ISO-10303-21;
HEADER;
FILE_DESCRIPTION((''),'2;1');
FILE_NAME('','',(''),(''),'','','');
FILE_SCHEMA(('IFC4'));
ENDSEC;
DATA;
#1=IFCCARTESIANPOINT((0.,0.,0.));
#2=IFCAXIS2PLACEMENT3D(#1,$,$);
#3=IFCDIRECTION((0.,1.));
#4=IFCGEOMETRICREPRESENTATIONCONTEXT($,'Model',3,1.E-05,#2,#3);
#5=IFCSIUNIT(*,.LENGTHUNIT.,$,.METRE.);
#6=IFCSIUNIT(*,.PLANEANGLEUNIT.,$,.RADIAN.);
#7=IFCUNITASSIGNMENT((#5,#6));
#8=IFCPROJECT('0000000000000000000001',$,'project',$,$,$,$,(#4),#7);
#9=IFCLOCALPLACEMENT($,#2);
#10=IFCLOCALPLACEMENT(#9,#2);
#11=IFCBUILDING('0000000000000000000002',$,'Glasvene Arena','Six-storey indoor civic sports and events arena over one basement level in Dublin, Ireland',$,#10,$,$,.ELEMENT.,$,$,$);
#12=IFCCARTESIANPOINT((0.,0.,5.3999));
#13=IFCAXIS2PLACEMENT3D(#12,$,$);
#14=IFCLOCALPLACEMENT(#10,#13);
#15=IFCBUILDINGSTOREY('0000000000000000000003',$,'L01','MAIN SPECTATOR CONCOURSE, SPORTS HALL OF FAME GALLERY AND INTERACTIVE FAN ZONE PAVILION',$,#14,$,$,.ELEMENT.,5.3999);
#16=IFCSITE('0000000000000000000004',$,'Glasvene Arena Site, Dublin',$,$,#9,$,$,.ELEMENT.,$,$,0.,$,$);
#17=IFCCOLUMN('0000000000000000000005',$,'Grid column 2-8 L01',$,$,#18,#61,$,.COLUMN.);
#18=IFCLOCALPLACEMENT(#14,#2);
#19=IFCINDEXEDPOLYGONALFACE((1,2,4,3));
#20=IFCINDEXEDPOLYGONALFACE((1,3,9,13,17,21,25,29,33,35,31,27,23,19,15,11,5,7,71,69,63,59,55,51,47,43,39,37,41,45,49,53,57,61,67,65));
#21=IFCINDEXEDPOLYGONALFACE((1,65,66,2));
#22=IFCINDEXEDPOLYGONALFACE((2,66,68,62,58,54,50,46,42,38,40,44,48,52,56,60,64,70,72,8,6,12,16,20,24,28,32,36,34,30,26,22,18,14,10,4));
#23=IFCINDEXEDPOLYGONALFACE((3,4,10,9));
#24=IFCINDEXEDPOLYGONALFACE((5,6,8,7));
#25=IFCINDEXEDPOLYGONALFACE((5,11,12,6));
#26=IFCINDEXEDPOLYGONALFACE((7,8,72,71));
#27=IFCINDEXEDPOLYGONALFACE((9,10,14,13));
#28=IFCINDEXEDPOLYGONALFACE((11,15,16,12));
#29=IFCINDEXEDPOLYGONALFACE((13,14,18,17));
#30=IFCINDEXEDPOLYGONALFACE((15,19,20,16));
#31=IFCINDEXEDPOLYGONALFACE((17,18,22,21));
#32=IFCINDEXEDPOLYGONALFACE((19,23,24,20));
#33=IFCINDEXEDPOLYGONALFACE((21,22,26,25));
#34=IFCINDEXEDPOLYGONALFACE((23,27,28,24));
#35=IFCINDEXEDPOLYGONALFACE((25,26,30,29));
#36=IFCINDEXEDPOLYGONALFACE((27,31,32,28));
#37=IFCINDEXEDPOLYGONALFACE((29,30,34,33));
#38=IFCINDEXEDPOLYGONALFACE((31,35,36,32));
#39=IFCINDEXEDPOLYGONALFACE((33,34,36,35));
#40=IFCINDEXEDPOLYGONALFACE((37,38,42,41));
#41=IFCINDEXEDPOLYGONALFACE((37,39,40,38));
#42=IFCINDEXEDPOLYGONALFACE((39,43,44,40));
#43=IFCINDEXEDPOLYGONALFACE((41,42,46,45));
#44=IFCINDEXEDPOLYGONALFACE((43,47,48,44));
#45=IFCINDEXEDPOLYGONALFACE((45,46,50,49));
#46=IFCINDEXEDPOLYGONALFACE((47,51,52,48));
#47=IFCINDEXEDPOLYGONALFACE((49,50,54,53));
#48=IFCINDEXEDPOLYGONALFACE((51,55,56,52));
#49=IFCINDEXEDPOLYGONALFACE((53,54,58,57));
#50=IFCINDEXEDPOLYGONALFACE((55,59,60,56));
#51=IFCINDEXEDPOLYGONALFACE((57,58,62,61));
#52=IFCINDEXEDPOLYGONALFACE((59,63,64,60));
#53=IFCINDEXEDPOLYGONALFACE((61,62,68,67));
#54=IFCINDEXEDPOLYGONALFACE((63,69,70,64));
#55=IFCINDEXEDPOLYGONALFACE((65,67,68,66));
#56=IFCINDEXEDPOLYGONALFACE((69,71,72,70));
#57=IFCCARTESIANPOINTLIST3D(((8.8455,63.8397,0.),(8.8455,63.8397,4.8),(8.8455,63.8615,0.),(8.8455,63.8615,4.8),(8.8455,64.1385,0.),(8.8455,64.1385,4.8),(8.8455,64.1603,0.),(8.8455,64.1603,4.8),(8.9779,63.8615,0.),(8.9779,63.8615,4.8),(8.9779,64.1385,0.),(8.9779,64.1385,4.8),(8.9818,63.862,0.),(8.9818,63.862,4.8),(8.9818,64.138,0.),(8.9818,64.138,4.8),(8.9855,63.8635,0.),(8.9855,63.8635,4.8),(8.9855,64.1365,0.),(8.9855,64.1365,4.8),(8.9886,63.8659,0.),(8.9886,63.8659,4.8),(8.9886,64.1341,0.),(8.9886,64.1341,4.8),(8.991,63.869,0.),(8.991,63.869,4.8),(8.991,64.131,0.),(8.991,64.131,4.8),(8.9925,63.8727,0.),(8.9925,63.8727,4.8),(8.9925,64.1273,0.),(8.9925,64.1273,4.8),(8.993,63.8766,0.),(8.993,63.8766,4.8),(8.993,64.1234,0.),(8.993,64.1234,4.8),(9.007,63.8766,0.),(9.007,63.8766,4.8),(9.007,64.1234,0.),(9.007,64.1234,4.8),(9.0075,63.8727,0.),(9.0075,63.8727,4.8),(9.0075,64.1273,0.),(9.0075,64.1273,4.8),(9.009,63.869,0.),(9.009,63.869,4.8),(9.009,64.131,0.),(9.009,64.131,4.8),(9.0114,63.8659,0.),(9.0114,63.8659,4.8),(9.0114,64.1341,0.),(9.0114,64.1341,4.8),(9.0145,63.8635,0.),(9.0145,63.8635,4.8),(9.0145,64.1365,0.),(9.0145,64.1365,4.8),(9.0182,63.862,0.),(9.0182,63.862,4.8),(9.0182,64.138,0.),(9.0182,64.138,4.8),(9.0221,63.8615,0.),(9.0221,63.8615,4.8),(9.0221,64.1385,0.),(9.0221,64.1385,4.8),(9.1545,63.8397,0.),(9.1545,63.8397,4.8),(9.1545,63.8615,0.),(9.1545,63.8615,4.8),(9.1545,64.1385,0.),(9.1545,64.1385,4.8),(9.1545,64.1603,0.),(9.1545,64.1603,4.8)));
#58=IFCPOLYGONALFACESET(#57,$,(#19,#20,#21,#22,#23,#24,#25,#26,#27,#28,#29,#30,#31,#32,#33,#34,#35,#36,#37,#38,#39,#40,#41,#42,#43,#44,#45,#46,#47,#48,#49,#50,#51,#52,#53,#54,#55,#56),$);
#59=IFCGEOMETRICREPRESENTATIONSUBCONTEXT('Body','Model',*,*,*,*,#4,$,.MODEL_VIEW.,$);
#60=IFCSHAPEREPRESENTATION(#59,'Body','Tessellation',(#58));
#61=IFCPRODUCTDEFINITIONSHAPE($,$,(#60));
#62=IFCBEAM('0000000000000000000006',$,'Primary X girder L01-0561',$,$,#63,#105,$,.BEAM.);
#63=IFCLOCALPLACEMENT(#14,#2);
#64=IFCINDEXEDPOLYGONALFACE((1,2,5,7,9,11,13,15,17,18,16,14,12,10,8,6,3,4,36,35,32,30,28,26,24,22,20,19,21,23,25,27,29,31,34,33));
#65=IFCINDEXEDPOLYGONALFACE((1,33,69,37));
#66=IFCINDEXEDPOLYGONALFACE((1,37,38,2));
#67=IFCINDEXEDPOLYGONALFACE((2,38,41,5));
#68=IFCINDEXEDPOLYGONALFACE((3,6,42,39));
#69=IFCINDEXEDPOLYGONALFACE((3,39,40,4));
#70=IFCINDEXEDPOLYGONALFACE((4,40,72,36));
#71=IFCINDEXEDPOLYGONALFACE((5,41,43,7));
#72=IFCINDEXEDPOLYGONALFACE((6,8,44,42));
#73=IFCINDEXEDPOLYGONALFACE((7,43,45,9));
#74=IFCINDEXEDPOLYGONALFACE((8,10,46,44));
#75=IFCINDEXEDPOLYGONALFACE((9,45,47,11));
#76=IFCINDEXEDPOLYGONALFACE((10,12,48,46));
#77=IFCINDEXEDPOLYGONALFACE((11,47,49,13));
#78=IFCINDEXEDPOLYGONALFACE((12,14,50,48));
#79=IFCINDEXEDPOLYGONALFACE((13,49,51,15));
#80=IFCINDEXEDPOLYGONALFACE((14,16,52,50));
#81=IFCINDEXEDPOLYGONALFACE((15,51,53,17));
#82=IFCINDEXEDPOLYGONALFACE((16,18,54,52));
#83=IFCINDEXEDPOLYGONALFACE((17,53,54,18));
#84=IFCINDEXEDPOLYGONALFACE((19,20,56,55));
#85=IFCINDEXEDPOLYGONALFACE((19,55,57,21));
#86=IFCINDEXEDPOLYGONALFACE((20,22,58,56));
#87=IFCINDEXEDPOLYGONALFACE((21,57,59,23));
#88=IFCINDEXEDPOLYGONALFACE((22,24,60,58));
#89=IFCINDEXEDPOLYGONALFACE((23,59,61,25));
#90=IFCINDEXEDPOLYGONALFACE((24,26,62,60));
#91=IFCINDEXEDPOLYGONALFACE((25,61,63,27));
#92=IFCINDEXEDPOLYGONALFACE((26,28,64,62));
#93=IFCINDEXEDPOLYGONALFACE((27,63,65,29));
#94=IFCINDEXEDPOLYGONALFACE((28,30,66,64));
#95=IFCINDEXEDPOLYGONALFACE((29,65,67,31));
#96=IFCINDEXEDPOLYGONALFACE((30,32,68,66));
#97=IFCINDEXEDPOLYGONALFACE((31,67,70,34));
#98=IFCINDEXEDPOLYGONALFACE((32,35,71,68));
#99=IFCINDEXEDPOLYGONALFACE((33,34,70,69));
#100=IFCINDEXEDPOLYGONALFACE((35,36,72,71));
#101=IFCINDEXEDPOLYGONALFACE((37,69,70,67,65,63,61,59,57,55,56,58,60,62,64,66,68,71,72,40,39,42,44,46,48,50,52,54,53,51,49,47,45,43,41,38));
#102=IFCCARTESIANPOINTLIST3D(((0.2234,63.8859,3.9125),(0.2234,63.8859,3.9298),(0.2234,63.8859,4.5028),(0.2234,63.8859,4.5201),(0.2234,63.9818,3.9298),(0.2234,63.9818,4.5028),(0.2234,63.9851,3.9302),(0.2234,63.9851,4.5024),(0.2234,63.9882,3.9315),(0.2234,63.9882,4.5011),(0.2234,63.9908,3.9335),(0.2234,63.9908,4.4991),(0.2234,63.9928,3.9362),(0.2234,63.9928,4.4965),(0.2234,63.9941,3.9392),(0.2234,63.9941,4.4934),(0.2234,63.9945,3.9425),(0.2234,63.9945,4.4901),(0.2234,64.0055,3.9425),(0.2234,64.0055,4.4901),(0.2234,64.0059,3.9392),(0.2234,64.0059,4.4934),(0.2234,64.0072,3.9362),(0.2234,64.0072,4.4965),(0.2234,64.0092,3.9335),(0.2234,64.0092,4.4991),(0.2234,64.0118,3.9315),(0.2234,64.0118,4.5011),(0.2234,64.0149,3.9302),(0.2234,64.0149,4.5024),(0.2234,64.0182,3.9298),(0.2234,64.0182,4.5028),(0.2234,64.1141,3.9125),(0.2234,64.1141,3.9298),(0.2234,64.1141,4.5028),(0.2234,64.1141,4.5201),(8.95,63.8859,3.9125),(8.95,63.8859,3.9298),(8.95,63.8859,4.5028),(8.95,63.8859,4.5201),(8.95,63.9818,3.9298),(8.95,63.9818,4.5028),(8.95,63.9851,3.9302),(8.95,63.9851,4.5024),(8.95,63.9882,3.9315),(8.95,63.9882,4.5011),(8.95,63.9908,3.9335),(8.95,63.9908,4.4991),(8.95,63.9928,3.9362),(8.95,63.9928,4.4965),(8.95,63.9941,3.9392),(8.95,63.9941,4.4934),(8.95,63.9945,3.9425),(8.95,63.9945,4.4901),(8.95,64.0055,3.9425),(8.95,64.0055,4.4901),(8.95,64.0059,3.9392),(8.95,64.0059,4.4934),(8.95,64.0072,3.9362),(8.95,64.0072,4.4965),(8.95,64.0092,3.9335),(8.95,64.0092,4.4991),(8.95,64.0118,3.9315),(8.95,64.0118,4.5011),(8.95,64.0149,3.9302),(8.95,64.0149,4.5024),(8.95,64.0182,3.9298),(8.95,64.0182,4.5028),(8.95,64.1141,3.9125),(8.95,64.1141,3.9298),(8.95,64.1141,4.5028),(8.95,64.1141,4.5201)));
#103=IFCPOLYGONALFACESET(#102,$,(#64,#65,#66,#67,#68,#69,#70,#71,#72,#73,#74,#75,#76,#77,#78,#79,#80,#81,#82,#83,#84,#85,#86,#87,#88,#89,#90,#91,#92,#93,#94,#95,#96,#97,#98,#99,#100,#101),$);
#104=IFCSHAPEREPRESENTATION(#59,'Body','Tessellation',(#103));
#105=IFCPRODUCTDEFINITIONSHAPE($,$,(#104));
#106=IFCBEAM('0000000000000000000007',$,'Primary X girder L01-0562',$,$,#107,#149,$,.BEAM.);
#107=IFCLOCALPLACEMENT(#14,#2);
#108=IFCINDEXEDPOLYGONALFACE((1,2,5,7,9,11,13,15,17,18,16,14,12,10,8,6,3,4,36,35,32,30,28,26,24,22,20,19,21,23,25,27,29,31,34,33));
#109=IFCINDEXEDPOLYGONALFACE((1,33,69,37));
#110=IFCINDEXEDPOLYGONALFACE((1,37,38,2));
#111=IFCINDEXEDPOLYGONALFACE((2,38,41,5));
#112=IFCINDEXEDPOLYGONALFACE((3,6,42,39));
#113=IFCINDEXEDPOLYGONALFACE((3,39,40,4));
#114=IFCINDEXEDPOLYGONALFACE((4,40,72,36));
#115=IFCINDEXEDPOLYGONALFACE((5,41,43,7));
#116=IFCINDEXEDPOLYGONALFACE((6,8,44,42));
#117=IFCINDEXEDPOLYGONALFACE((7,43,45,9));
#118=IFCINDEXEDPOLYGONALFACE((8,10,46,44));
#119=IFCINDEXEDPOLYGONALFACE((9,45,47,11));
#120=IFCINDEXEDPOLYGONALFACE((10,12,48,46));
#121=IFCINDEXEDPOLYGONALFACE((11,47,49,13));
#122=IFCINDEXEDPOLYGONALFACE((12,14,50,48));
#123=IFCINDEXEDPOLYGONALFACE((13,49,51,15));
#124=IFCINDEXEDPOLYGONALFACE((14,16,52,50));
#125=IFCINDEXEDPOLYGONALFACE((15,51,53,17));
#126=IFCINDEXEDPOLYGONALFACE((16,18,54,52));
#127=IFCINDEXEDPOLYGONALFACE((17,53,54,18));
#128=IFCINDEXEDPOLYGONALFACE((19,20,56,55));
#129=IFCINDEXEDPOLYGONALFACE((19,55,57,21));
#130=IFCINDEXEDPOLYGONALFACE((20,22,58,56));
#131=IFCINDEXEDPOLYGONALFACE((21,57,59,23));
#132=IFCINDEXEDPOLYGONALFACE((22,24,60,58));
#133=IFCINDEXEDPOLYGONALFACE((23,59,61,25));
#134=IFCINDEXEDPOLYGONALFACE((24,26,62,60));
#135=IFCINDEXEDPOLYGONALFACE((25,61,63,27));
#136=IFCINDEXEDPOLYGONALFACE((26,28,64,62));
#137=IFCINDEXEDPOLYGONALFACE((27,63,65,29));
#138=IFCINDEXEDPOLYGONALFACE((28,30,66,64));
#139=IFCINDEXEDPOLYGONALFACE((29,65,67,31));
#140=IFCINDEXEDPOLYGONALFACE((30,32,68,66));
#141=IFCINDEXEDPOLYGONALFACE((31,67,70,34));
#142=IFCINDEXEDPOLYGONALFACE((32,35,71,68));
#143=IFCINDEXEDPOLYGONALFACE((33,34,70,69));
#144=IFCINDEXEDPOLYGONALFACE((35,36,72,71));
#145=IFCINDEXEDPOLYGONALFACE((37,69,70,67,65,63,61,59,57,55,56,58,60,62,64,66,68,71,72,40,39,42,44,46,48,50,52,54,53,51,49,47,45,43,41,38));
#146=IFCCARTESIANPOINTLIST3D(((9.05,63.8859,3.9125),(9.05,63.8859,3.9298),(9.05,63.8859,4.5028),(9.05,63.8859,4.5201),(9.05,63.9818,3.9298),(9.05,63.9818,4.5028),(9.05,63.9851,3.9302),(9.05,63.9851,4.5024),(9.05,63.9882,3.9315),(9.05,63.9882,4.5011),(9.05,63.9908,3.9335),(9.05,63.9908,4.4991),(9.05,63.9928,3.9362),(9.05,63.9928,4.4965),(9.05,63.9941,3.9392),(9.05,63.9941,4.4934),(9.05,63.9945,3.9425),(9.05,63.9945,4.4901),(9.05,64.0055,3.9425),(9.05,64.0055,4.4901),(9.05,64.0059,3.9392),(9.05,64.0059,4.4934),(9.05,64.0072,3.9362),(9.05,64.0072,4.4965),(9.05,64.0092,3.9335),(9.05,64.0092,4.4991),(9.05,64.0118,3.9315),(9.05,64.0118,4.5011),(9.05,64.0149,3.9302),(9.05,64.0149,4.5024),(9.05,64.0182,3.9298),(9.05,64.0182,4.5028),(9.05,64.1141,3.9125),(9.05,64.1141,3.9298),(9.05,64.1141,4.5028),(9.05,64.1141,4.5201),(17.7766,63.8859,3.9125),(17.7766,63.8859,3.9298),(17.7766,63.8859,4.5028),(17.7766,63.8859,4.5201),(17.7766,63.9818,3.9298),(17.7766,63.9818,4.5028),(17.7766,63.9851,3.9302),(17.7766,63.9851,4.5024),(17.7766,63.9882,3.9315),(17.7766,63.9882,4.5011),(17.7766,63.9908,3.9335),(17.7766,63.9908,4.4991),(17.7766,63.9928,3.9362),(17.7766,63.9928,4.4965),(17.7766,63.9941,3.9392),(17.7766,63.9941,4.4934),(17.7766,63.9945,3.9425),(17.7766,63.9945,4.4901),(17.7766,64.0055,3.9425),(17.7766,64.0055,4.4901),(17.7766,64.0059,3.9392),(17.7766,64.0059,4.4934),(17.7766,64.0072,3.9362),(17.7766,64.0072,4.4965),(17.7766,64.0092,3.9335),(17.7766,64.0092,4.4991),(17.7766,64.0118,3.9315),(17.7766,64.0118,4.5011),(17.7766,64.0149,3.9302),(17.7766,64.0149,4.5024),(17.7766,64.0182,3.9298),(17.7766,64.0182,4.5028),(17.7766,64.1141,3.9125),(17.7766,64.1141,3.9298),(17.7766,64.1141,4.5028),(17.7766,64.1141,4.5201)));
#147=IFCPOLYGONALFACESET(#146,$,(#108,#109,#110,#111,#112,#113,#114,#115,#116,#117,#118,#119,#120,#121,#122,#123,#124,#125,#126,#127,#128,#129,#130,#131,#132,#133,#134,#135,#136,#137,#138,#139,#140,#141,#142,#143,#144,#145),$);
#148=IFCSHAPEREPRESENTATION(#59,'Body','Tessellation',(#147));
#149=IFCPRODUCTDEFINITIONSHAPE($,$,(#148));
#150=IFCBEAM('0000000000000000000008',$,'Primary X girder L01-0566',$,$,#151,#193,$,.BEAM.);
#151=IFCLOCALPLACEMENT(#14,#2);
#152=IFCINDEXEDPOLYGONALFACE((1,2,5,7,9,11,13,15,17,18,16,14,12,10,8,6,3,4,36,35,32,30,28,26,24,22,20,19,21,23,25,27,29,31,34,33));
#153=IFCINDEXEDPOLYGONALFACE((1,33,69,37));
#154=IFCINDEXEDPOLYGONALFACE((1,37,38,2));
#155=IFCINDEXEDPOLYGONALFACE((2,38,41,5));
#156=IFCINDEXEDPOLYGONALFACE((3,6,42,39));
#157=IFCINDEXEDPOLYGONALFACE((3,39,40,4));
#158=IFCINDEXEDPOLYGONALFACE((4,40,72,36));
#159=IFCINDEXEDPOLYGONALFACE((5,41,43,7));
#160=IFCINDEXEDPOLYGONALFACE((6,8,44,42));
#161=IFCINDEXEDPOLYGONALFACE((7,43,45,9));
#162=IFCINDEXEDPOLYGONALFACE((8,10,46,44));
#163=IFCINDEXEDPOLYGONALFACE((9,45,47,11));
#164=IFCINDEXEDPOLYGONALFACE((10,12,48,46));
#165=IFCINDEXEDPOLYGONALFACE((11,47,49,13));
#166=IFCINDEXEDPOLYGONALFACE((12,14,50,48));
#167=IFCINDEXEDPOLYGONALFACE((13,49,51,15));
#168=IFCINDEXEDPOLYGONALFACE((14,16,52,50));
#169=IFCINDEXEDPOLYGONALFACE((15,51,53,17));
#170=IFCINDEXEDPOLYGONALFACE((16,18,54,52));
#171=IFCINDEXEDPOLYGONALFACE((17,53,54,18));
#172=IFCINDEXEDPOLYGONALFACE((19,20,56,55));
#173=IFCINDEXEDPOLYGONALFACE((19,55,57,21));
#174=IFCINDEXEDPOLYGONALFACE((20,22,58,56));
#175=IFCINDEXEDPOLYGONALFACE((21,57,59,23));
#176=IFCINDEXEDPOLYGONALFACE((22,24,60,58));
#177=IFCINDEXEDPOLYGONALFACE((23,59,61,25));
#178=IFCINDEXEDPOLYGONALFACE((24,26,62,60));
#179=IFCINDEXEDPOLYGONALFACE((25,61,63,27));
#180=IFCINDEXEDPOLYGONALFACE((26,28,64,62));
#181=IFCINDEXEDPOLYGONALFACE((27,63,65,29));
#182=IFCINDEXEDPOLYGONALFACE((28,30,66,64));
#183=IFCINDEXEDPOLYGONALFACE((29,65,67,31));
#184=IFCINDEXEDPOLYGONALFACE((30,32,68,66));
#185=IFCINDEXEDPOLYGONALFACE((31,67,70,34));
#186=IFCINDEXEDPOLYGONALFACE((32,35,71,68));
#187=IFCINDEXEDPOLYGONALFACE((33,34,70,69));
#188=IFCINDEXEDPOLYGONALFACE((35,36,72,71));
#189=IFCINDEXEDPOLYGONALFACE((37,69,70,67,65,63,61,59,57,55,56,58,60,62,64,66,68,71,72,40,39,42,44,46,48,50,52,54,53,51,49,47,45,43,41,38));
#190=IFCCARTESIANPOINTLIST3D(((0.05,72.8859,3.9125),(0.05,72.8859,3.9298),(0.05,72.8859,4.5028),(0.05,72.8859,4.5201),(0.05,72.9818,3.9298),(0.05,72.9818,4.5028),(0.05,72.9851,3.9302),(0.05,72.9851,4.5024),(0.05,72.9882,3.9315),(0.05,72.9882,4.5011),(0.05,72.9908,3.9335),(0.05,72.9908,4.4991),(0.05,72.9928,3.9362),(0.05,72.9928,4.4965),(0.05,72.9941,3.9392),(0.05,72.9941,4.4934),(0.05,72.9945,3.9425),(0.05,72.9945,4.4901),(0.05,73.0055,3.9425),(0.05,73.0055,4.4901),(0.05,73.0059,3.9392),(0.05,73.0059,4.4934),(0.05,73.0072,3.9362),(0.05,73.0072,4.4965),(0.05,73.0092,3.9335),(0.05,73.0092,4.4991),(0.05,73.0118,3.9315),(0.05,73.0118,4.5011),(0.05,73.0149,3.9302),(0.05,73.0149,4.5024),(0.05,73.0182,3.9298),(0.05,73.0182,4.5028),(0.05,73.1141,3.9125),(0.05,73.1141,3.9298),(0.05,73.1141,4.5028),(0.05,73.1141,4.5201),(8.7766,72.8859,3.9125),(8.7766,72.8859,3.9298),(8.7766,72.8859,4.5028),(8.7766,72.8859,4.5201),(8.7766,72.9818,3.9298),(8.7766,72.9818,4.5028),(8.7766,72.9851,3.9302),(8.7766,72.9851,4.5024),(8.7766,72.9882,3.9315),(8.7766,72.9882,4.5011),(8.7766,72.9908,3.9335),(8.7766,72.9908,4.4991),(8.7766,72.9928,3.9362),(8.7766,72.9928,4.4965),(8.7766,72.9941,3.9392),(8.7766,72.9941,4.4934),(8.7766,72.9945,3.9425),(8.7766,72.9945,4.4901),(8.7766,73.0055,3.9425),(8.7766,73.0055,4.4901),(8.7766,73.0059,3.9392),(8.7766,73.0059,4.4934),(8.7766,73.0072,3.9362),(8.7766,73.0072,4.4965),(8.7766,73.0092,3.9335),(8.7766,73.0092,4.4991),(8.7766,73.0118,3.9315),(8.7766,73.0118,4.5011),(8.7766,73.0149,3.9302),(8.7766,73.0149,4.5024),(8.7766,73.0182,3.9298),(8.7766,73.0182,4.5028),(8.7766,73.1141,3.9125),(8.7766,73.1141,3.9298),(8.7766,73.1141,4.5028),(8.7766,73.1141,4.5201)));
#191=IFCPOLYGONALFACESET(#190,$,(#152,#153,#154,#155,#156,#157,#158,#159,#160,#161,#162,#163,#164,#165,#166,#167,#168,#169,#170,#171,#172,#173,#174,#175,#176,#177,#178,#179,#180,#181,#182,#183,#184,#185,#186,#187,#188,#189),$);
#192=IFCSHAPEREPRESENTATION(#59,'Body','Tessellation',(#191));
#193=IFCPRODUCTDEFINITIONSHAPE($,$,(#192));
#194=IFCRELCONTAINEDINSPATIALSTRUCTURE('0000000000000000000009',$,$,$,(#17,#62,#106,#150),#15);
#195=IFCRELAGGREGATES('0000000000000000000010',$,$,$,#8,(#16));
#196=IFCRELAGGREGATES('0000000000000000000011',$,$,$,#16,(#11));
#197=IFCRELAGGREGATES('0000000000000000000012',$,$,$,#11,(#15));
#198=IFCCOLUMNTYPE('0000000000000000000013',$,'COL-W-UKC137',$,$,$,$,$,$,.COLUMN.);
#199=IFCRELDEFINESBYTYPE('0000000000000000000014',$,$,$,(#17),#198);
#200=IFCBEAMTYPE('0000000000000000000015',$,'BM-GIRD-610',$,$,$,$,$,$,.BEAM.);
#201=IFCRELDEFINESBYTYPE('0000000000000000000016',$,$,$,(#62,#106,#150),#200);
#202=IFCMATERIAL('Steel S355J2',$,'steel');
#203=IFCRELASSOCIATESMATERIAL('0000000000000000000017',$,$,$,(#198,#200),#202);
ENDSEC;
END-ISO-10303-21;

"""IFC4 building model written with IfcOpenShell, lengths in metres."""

from ifc_helpers import new_model, si_unit, direction, frame, origin, origin_2d, place, context, subcontext, project, spatial, i_section, extrude, material, material_profile, profile_set, type_object, element, save


model = new_model("IFC4")

# Units and contexts
model_context = context("Model", 3, precision=1e-05, world=origin(), true_north=direction((0.0, 1.0)))
body_context = subcontext(model_context, "Body", "Model", "MODEL_VIEW")
ifc_project = project(units=[si_unit("LENGTHUNIT", "METRE"), si_unit("PLANEANGLEUNIT", "RADIAN")], contexts=[model_context])

# Site, building, storey
site_placement = place(None, origin())
site = spatial("IfcSite", under=ifc_project, at=site_placement, Name="Glasvene Arena Site, Dublin", CompositionType="ELEMENT", RefElevation=0.0)
building_placement = place(site_placement, origin())
building = spatial("IfcBuilding", under=site, at=building_placement, Name="Glasvene Arena", Description="Six-storey indoor civic sports and events arena over one basement level in Dublin, Ireland", CompositionType="ELEMENT")
storey_placement = place(building_placement, frame((0.0, 0.0, 5.3999)))
storey = spatial("IfcBuildingStorey", under=building, at=storey_placement, Name="L01", Description="MAIN SPECTATOR CONCOURSE, SPORTS HALL OF FAME GALLERY AND INTERACTIVE FAN ZONE PAVILION", CompositionType="ELEMENT", Elevation=5.3999)

# Column
ifc_material_1 = material(Name="Steel S355J2", Category="steel")
ifc_material_profile_1 = material_profile(ifc_material_1, i_section(OverallWidth=0.3091, OverallDepth=0.3206, WebThickness=0.0139, FlangeThickness=0.0217, FilletRadius=0.0151, at=origin_2d()), Name="UKC 305x305x137")
ifc_profile_set_1 = profile_set([ifc_material_profile_1], Name="Steel S355J2")
column_type_1 = type_object("IfcColumnType", Name="COL-W-UKC137", PredefinedType="COLUMN", material=ifc_profile_set_1)
for number, where, z_axis, x_axis, name in (
    (1, (9.0, 64.0, 0.0), (0.0, 0.0, 1.0), (1.0, 0.0, 0.0), "Grid column 2-8 L01"),
):
    element("IfcColumn", number, at=place(storey_placement, frame(where, z_axis=z_axis, x_axis=x_axis)), inside=storey, type_object=column_type_1, Name=name, PredefinedType="COLUMN", context=body_context, shape_type="SweptSolid", body=[
        extrude(i_section(OverallWidth=0.3091, OverallDepth=0.3206, WebThickness=0.0139, FlangeThickness=0.0217, FilletRadius=0.0151, at=origin_2d()), origin(), (0.0, 0.0, 1.0), 4.8),
    ])

# Beams
ifc_material_profile_2 = material_profile(ifc_material_1, i_section(OverallWidth=0.2283, OverallDepth=0.6077, WebThickness=0.011, FlangeThickness=0.0173, FilletRadius=0.0127, at=origin_2d()), Name="UKB 610x229x113")
ifc_profile_set_2 = profile_set([ifc_material_profile_2], Name="Steel S355J2")
beam_type_1 = type_object("IfcBeamType", Name="BM-GIRD-610", PredefinedType="BEAM", material=ifc_profile_set_2)
for number, where, z_axis, x_axis, name in (
    (2, (0.2234, 64.0, 4.2163), (1.0, 0.0, 0.0), (0.0, 1.0, 0.0), "Primary X girder L01-0561"),
    (3, (9.05, 64.0, 4.2163), (1.0, 0.0, 0.0), (0.0, 1.0, 0.0), "Primary X girder L01-0562"),
    (4, (0.05, 73.0, 4.2163), (1.0, 0.0, 0.0), (0.0, 1.0, 0.0), "Primary X girder L01-0566"),
):
    element("IfcBeam", number, at=place(storey_placement, frame(where, z_axis=z_axis, x_axis=x_axis)), inside=storey, type_object=beam_type_1, Name=name, PredefinedType="BEAM", context=body_context, shape_type="SweptSolid", body=[
        extrude(i_section(OverallWidth=0.2283, OverallDepth=0.6077, WebThickness=0.011, FlangeThickness=0.0173, FilletRadius=0.0127, at=origin_2d()), origin(), (0.0, 0.0, 1.0), 8.7266),
    ])

save(model, "model.ifc")
